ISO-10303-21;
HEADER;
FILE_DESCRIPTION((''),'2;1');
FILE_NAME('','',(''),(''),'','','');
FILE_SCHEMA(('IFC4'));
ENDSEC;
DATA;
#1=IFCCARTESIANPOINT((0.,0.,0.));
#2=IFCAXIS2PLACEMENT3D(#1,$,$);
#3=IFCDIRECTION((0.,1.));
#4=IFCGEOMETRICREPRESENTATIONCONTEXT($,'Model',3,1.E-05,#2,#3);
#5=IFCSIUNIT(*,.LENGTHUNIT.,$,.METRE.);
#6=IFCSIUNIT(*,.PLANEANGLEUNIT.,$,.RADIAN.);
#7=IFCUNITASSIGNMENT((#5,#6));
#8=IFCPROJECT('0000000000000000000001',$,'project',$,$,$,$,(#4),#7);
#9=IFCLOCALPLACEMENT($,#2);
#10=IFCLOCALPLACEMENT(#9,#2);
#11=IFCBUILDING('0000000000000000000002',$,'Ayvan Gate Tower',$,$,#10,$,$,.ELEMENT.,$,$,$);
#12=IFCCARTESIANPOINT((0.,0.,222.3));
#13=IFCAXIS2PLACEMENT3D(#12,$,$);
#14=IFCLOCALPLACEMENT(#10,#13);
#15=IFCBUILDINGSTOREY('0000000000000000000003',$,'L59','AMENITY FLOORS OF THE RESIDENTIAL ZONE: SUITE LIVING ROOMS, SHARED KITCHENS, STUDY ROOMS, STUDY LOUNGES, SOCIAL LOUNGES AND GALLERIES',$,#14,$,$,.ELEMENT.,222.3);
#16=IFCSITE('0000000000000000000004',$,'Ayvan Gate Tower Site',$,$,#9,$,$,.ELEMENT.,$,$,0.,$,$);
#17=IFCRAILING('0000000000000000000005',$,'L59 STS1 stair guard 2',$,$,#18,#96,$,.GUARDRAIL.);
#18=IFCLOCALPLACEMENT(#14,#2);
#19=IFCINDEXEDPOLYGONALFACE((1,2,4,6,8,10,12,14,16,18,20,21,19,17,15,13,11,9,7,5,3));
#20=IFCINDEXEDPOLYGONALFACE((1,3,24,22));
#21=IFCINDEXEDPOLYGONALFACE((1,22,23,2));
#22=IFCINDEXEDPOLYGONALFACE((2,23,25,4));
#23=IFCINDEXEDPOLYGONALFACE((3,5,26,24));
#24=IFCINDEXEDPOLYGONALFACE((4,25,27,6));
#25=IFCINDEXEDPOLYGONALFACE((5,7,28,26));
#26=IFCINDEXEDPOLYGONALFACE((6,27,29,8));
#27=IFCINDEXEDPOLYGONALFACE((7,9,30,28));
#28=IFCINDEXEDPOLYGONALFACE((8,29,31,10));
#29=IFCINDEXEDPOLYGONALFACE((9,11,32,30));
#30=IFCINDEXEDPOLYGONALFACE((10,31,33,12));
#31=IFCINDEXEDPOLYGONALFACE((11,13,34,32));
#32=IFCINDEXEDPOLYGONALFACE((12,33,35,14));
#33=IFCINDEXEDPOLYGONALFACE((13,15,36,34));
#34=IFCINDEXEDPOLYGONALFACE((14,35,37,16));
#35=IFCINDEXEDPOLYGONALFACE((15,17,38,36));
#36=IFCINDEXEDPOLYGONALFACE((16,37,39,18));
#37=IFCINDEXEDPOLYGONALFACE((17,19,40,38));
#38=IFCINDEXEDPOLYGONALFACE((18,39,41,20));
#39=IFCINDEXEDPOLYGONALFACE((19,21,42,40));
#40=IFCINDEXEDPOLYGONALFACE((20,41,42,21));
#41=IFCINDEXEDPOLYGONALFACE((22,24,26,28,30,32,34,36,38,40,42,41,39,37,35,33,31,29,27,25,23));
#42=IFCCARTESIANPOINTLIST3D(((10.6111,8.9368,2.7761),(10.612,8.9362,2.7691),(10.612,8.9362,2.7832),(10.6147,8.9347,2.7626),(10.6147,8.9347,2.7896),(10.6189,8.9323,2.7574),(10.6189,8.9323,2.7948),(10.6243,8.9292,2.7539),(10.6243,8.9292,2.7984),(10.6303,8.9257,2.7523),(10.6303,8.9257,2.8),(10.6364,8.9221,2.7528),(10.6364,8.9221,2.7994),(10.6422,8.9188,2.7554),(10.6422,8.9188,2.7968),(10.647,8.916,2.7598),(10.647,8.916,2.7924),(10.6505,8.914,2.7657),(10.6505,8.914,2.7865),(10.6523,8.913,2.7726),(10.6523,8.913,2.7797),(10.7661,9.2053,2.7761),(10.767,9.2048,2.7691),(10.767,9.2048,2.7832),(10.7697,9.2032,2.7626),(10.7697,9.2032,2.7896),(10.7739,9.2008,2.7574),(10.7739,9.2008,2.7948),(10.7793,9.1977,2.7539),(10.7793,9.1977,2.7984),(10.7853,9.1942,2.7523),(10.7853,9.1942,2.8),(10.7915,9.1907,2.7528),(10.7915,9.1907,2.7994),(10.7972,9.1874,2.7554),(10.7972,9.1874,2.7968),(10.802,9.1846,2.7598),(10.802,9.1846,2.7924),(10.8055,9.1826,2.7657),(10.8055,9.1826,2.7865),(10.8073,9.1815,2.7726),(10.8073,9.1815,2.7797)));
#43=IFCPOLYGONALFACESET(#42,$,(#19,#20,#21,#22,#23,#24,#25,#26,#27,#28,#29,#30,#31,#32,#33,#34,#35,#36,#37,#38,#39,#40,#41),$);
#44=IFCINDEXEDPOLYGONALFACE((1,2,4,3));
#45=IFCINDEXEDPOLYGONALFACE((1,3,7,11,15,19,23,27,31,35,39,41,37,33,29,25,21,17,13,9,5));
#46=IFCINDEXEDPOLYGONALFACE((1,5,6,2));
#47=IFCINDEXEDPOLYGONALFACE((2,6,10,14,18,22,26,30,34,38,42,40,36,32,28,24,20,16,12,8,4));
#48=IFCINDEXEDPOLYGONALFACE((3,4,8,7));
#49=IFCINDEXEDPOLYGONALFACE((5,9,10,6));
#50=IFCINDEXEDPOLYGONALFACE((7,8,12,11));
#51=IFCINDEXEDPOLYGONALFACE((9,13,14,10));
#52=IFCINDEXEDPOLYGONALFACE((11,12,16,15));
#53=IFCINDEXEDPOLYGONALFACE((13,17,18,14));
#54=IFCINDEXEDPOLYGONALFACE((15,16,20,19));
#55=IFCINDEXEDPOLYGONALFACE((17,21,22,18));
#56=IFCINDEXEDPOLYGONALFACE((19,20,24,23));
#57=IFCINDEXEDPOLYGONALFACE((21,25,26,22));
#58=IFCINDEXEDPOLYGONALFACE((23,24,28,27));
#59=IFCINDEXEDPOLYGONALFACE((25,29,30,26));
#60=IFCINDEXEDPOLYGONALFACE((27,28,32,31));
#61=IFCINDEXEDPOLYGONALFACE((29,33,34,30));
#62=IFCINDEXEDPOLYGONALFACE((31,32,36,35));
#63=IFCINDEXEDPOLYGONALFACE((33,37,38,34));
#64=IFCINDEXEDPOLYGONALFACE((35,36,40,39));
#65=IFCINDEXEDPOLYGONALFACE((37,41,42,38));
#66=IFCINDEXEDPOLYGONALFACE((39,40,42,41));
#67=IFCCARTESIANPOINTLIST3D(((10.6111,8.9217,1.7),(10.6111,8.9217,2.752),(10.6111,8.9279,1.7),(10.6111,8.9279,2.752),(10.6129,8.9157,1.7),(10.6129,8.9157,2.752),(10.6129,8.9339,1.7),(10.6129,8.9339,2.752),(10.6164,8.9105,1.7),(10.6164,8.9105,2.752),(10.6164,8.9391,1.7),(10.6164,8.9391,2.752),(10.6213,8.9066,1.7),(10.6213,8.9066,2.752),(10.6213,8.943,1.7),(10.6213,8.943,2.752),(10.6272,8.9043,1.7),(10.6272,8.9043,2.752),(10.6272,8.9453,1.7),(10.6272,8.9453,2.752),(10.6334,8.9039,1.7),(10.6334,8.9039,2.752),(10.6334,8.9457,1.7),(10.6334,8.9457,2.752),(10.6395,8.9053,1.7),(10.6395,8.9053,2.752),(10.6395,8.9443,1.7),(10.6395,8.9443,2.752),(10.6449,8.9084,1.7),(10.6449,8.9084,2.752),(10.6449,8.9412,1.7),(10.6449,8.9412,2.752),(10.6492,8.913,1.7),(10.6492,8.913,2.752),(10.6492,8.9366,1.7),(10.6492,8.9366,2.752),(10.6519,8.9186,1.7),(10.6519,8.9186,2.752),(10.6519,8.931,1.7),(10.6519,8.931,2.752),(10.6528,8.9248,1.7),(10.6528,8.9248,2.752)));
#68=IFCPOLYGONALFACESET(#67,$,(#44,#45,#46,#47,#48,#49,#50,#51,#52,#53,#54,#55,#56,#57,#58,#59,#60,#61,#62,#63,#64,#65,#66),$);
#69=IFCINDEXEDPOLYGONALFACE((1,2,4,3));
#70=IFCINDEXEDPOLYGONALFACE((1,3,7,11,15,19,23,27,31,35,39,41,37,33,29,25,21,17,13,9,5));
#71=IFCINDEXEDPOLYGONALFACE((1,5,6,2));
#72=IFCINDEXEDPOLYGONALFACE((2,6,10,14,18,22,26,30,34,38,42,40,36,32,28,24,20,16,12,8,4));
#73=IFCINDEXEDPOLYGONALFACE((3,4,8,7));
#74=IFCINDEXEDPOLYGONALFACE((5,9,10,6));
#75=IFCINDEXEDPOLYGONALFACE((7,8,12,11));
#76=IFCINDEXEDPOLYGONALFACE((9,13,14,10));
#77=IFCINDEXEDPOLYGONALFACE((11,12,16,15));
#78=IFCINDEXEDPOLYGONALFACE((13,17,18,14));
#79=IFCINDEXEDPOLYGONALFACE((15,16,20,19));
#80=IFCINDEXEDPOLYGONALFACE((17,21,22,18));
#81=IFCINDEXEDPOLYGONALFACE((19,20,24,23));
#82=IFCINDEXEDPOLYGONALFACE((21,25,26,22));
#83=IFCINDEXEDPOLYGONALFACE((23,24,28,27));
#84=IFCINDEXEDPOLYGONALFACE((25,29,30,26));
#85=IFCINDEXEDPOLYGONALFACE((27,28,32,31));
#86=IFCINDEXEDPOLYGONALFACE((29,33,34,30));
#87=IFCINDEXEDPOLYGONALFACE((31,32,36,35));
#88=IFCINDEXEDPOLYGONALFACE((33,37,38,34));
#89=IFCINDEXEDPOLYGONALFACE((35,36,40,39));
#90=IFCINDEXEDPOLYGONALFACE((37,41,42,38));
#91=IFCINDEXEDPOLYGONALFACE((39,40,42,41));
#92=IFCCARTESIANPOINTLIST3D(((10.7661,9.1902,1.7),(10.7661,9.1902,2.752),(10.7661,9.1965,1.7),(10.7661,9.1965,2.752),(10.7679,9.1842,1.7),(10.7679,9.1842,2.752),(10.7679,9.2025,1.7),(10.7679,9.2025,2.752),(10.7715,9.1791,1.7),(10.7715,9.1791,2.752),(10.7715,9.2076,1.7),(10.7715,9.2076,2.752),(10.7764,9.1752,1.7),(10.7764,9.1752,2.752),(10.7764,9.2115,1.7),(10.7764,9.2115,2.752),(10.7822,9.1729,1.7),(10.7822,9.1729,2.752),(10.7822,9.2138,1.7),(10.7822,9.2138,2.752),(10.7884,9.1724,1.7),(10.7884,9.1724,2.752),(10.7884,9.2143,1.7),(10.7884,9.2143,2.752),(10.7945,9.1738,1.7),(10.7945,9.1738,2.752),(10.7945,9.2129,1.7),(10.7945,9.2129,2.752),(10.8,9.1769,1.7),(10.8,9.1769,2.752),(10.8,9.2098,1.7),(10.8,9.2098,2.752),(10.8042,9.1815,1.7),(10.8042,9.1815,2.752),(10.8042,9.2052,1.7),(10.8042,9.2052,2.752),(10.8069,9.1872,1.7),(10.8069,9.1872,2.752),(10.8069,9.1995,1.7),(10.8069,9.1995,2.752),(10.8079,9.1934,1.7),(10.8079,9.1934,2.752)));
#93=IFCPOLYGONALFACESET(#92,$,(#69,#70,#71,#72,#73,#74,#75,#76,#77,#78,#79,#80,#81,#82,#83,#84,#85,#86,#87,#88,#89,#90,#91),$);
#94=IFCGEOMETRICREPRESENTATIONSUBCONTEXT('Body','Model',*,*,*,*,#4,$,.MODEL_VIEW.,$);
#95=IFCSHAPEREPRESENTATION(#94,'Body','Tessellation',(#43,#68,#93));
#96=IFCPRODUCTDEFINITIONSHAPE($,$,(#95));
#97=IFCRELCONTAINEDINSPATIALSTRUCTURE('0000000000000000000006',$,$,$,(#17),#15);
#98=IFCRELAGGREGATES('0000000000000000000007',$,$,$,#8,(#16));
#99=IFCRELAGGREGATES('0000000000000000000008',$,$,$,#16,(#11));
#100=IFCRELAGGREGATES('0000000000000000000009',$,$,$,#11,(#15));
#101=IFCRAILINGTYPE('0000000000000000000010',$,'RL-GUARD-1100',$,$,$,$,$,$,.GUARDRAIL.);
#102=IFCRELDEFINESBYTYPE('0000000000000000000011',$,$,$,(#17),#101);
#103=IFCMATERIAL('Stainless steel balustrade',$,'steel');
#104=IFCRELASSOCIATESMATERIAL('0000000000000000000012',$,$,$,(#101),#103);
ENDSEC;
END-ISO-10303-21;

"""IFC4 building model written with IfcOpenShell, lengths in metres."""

from ifc_helpers import new_model, si_unit, direction, frame, origin, origin_2d, place, context, subcontext, project, spatial, circle, extrude, material, type_object, element, save


model = new_model("IFC4")

# Units and contexts
model_context = context("Model", 3, precision=1e-05, world=origin(), true_north=direction((0.0, 1.0)))
body_context = subcontext(model_context, "Body", "Model", "MODEL_VIEW")
ifc_project = project(units=[si_unit("LENGTHUNIT", "METRE"), si_unit("PLANEANGLEUNIT", "RADIAN")], contexts=[model_context])

# Site, building, storey
site_placement = place(None, origin())
site = spatial("IfcSite", under=ifc_project, at=site_placement, Name="Ayvan Gate Tower Site", CompositionType="ELEMENT", RefElevation=0.0)
building_placement = place(site_placement, origin())
building = spatial("IfcBuilding", under=site, at=building_placement, Name="Ayvan Gate Tower", CompositionType="ELEMENT")
storey_placement = place(building_placement, frame((0.0, 0.0, 222.3)))
storey = spatial("IfcBuildingStorey", under=building, at=storey_placement, Name="L59", Description="AMENITY FLOORS OF THE RESIDENTIAL ZONE: SUITE LIVING ROOMS, SHARED KITCHENS, STUDY ROOMS, STUDY LOUNGES, SOCIAL LOUNGES AND GALLERIES", CompositionType="ELEMENT", Elevation=222.3)

# Railing
ifc_material_1 = material(Name="Stainless steel balustrade", Category="steel")
railing_type_1 = type_object("IfcRailingType", Name="RL-GUARD-1100", PredefinedType="GUARDRAIL", material=ifc_material_1)
railing_1_placement = place(storey_placement, frame((10.6318, 8.9248, 1.7)))
element("IfcRailing", 1, at=railing_1_placement, inside=storey, type_object=railing_type_1, Name="L59 STS1 stair guard 2", PredefinedType="GUARDRAIL", context=body_context, shape_type="SweptSolid", body=[
    extrude(circle(Radius=0.0239, at=origin_2d()), frame((0.0, 0.0, 1.0762), z_axis=(0.49995, 0.866054, 0.0), x_axis=(-0.866054, 0.49995, 0.0)), (0.0, 0.0, 1.0), 0.3101),
    extrude(circle(Radius=0.021, at=origin_2d()), origin(), (0.0, 0.0, 1.0), 1.052),
    extrude(circle(Radius=0.021, at=origin_2d()), frame((0.155, 0.2686, 0.0)), (0.0, 0.0, 1.0), 1.052),
])

save(model, "model.ifc")
